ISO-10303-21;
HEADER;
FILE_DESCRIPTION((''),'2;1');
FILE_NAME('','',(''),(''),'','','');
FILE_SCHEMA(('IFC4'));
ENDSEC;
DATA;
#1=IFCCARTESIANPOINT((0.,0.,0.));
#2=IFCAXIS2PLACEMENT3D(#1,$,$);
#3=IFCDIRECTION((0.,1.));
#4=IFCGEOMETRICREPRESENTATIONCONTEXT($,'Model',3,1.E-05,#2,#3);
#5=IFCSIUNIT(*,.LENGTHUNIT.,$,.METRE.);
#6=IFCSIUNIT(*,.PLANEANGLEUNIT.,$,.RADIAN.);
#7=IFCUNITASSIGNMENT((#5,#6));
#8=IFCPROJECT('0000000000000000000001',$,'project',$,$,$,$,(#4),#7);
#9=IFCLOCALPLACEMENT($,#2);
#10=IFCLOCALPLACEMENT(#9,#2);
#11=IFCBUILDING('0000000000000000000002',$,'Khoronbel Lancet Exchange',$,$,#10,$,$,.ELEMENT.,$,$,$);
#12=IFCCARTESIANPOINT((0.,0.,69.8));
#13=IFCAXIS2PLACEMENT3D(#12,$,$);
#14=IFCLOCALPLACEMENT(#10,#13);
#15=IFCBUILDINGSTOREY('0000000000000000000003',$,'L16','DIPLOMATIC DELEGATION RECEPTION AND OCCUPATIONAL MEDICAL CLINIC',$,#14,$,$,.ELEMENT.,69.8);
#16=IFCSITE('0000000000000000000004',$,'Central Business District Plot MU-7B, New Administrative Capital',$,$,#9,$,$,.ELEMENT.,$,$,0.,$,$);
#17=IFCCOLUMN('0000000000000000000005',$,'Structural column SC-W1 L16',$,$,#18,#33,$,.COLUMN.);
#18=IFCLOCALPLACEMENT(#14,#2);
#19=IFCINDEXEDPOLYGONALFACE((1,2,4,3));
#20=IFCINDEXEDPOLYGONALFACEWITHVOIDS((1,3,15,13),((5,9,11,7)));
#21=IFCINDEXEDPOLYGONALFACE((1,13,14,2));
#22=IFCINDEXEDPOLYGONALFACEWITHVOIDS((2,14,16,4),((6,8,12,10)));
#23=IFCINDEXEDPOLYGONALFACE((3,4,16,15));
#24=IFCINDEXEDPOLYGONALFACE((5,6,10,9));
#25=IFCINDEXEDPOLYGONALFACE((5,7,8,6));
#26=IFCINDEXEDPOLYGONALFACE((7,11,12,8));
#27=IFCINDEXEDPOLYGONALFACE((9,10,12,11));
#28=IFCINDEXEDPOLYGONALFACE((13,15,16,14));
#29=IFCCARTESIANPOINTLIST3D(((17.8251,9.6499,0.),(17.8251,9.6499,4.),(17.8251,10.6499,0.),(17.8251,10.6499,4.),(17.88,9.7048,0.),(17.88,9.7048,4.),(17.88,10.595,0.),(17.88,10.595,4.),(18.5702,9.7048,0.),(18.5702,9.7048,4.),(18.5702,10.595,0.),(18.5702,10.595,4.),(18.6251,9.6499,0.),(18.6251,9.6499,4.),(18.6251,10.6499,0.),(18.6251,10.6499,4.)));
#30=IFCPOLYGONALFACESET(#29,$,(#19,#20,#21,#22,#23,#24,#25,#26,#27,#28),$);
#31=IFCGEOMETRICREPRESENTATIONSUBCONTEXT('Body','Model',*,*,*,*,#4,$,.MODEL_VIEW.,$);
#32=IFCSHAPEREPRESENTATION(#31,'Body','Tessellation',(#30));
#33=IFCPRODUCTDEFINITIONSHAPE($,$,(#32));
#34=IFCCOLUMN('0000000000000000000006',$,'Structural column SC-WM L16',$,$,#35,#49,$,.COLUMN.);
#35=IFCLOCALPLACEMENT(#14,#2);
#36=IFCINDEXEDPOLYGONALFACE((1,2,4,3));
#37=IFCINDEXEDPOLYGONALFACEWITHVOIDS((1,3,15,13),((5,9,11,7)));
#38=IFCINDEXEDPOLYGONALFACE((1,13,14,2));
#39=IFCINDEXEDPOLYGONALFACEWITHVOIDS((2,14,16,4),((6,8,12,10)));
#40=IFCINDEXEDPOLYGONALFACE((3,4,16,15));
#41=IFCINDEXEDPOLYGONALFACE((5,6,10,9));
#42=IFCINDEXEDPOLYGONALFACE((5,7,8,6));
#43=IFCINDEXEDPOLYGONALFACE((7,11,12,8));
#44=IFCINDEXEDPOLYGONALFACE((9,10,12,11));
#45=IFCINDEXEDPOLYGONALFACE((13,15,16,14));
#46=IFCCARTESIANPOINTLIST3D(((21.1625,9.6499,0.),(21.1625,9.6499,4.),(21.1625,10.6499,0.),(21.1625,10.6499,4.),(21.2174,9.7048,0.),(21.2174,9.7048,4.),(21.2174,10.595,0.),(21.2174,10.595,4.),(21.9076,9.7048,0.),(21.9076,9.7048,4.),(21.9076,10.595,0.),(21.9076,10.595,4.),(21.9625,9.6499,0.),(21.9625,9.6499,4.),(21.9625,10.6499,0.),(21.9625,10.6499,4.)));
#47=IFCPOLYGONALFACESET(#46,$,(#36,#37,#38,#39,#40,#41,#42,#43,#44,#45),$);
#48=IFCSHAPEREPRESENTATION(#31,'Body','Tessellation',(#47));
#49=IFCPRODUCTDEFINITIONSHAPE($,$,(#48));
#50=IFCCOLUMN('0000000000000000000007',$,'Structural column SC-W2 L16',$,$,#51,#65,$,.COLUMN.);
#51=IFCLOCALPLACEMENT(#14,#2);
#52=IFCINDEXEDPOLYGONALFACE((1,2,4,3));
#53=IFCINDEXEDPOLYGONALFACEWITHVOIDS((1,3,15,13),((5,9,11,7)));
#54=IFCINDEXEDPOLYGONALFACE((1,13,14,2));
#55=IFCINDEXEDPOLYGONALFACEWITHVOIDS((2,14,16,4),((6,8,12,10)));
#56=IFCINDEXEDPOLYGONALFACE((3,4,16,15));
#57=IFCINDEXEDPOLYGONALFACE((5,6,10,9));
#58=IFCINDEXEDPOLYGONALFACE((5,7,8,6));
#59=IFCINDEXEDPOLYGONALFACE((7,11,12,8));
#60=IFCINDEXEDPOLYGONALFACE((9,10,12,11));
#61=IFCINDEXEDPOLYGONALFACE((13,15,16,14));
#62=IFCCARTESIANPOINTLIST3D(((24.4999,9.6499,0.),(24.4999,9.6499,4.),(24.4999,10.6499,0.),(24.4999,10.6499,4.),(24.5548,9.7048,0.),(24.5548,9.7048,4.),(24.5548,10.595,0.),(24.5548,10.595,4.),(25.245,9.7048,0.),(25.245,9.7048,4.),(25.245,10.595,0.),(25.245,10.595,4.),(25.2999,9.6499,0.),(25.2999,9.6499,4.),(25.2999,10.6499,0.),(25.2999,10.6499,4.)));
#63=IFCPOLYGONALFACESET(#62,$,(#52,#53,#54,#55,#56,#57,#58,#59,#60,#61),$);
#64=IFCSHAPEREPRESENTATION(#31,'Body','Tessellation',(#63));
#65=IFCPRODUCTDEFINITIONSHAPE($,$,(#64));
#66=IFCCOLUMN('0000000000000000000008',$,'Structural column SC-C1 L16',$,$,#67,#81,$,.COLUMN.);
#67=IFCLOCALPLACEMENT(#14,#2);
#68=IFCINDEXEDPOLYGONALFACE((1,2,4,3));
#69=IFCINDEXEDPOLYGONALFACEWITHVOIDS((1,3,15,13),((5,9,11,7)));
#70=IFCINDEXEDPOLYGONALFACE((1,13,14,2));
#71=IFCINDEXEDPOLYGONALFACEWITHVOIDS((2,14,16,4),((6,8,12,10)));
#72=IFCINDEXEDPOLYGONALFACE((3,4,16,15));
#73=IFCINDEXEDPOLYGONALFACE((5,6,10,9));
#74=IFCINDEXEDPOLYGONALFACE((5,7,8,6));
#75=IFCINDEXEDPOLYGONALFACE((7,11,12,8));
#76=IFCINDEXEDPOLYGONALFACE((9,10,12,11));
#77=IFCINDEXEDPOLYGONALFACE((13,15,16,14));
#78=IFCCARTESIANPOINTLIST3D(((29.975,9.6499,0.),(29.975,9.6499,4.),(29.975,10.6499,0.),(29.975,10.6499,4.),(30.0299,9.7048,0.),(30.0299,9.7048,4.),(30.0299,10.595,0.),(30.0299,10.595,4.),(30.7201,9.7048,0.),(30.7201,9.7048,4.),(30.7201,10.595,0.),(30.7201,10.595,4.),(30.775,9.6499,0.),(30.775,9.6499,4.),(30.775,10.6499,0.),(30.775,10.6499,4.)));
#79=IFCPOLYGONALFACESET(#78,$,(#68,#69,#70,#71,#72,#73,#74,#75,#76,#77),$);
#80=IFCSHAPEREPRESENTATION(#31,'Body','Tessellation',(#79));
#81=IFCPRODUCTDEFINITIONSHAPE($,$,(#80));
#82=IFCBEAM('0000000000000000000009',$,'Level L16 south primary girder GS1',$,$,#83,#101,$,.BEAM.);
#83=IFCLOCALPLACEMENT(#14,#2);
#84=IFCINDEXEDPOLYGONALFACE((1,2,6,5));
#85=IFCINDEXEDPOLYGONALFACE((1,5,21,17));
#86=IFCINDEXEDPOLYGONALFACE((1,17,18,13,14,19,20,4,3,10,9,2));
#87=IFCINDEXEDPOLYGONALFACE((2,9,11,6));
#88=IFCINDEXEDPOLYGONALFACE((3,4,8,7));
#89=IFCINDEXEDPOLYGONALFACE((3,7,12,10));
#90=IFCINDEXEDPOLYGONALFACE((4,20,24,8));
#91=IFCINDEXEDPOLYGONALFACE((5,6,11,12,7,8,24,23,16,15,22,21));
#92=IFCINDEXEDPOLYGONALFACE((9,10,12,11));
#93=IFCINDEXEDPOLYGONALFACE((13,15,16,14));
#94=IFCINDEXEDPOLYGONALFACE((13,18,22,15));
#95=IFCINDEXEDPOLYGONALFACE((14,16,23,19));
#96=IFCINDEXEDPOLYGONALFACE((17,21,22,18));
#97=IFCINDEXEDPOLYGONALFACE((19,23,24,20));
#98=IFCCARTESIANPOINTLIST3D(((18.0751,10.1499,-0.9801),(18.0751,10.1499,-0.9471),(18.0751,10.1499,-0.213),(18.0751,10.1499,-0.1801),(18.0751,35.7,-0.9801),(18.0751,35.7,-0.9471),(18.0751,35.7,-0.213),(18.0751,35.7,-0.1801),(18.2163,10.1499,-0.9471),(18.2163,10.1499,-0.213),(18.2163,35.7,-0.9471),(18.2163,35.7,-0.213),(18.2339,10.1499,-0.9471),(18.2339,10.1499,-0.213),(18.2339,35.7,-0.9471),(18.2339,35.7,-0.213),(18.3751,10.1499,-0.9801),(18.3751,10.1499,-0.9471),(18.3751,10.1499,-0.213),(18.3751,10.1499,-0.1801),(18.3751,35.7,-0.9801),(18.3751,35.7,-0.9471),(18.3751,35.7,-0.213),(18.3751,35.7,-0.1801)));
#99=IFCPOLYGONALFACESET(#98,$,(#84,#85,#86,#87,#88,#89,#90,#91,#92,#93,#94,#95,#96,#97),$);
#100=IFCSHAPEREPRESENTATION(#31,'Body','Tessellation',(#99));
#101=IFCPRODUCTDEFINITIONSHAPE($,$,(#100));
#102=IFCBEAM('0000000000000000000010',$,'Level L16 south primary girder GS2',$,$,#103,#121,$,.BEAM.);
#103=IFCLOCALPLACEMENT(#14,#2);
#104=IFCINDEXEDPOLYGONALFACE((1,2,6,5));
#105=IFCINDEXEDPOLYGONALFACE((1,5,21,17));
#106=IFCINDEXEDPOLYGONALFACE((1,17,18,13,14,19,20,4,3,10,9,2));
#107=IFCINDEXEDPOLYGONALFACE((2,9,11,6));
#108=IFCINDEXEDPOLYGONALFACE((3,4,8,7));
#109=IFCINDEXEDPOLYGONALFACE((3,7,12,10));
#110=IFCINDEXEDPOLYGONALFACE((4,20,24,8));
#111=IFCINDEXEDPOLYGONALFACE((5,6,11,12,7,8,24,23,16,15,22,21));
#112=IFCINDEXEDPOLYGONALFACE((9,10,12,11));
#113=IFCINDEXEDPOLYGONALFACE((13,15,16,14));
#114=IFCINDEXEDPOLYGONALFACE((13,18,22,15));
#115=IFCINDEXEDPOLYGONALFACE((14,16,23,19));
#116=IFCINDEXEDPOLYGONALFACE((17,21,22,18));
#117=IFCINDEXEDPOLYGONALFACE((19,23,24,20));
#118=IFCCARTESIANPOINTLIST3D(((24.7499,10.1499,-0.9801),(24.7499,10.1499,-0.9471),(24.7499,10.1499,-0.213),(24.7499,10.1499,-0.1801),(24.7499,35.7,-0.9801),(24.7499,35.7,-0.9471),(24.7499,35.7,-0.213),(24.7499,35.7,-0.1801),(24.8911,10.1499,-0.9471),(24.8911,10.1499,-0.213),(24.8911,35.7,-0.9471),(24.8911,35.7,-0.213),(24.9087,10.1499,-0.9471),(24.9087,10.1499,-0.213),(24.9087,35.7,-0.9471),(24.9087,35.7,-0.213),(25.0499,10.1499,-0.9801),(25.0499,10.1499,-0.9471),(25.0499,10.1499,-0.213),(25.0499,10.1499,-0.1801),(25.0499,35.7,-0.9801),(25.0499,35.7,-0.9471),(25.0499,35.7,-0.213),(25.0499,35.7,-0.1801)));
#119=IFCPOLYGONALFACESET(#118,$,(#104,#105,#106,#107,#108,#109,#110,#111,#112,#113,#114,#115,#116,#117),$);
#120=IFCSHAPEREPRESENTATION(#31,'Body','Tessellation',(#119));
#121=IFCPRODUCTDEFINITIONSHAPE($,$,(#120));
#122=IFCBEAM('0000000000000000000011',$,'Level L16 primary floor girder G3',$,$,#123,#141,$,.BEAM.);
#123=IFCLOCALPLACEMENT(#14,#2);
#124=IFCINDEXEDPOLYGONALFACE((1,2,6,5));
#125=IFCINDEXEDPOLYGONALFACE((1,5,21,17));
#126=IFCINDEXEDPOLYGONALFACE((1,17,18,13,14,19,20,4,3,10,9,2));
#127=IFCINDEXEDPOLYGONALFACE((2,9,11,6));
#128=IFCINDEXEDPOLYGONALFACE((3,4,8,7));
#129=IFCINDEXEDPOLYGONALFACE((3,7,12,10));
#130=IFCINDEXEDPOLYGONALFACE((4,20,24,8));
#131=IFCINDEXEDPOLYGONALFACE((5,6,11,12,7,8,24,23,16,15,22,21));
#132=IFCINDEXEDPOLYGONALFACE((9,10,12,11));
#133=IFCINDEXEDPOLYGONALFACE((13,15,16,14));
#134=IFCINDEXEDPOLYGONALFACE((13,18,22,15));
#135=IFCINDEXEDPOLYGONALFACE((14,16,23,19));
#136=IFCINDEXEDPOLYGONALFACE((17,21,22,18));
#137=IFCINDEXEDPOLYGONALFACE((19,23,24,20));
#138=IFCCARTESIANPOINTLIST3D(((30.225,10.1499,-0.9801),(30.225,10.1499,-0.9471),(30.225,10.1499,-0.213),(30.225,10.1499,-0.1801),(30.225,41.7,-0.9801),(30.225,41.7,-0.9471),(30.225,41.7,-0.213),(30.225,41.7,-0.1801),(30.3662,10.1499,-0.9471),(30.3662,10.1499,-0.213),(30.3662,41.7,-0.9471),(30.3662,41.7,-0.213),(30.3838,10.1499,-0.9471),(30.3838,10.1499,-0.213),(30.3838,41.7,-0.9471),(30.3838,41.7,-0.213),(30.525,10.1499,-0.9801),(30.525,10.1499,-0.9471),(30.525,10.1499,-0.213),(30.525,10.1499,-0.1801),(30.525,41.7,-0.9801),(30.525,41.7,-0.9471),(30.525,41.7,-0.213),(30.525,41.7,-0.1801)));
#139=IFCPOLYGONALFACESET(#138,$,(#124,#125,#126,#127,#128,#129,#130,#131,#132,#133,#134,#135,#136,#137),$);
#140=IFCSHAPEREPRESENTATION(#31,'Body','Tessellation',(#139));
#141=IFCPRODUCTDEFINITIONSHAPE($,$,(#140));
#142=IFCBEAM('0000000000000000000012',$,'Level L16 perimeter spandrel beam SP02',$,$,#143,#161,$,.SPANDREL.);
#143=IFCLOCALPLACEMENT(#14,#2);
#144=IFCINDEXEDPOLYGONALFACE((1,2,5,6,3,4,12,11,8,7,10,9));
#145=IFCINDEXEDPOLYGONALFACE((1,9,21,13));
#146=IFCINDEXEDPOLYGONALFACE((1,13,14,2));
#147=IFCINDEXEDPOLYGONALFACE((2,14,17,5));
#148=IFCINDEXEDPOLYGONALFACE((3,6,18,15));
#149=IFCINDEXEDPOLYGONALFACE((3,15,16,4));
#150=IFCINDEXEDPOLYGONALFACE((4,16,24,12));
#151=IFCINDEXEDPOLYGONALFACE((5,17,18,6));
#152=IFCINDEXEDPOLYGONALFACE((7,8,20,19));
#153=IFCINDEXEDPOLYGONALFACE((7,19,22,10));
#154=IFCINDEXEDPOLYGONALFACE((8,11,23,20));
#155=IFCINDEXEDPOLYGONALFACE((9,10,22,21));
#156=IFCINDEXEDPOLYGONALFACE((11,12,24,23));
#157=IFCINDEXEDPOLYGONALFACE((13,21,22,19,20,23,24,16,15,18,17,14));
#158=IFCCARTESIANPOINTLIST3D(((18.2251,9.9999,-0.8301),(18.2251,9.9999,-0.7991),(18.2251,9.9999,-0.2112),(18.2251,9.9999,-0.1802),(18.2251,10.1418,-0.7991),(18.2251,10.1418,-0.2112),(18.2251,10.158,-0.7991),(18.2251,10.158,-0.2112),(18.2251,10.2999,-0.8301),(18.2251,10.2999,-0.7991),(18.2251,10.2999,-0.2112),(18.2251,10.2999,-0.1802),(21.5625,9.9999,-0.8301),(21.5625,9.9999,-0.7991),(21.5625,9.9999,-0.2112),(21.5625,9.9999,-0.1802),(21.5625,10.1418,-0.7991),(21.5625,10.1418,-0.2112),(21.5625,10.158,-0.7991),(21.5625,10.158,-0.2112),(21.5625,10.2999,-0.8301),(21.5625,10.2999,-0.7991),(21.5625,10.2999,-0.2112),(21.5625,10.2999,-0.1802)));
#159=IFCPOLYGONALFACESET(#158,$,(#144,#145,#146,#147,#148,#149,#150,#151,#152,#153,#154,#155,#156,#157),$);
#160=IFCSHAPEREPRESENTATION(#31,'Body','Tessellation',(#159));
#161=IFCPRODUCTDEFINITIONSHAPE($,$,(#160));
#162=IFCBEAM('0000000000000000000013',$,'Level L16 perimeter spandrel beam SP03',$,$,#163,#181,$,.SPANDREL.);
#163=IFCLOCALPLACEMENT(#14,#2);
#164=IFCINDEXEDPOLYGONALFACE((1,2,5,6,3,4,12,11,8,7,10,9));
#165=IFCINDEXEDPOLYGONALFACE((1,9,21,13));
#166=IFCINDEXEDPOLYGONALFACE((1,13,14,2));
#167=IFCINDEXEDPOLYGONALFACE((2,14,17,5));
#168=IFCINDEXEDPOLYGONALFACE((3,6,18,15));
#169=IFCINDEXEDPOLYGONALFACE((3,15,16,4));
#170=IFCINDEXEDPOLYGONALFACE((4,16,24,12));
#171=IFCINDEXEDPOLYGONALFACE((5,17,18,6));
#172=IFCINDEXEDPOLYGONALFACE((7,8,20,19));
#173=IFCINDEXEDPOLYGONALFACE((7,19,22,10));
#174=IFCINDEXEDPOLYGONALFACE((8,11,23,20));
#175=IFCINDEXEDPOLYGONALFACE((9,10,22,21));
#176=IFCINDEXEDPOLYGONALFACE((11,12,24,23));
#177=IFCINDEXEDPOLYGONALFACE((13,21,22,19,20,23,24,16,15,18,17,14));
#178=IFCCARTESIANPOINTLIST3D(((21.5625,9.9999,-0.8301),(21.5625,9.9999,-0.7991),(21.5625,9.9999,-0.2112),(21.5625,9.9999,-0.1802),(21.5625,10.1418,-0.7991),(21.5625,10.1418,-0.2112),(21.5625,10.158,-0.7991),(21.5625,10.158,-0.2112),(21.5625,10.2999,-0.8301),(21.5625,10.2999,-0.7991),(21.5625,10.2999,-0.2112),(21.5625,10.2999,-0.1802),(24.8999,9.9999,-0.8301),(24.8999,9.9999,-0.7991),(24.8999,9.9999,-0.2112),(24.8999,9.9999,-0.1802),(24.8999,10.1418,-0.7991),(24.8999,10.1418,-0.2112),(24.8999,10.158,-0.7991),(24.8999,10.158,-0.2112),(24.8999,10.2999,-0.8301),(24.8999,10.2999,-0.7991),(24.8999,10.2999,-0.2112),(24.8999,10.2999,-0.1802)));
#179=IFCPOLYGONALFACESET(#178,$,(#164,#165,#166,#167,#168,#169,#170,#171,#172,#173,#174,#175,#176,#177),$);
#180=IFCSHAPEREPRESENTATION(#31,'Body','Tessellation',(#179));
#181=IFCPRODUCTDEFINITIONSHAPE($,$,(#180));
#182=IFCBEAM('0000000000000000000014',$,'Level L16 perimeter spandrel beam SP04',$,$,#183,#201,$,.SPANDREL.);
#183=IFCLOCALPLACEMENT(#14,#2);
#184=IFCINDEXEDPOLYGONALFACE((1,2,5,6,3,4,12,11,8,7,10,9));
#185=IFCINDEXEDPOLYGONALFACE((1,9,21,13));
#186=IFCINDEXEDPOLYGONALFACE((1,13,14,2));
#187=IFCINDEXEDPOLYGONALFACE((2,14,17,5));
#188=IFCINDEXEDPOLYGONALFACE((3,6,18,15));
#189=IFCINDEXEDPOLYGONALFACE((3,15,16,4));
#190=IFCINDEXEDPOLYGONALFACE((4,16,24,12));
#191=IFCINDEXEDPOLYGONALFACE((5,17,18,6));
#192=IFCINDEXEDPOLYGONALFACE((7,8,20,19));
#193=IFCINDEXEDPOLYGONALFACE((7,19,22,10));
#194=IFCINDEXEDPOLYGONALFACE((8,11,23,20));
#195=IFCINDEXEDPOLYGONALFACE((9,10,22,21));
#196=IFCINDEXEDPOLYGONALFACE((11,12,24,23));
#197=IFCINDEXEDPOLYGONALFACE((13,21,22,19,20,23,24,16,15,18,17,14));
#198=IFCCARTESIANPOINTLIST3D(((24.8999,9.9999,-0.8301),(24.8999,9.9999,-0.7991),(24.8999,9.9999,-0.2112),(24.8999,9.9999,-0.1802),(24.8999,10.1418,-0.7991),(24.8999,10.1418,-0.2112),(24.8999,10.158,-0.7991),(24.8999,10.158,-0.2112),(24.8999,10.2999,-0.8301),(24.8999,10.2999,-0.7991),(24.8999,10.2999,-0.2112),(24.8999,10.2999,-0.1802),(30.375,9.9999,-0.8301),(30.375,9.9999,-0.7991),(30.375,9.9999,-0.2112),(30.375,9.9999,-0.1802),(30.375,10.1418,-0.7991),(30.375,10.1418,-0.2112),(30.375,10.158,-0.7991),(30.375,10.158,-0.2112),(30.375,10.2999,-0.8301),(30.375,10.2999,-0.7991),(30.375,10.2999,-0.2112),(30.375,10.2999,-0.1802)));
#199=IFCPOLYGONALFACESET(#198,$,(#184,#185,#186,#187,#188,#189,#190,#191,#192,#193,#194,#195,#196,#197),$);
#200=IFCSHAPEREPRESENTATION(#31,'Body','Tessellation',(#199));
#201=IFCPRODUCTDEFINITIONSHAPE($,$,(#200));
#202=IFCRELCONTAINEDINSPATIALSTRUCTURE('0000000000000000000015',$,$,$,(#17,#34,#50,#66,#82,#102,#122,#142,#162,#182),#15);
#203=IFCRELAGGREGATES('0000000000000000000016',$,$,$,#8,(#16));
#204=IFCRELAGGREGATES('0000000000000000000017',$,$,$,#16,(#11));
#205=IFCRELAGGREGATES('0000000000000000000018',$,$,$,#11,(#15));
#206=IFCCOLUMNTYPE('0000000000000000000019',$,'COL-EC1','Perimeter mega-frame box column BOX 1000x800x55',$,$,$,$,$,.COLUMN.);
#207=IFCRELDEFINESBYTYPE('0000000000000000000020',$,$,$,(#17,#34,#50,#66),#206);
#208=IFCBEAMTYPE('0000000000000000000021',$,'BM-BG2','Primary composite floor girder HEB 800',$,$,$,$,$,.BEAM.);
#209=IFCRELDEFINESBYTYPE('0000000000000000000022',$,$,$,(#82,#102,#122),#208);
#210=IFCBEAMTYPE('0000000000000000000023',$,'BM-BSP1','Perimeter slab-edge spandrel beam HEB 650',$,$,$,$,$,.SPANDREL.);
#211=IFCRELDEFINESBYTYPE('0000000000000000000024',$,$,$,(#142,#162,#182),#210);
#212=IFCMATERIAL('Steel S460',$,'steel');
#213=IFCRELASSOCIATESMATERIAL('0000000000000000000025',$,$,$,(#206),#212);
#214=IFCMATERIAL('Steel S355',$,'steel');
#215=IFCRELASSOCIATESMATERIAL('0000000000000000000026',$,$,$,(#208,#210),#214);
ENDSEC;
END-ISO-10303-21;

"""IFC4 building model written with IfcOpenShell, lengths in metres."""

from ifc_helpers import new_model, si_unit, direction, frame, origin, origin_2d, place, context, subcontext, project, spatial, hollow_rectangle, i_section, extrude, material, material_profile, profile_set, type_object, element, save


model = new_model("IFC4")

# Units and contexts
model_context = context("Model", 3, precision=1e-05, world=origin(), true_north=direction((0.0, 1.0)))
body_context = subcontext(model_context, "Body", "Model", "MODEL_VIEW")
ifc_project = project(units=[si_unit("LENGTHUNIT", "METRE"), si_unit("PLANEANGLEUNIT", "RADIAN")], contexts=[model_context])

# Site, building, storey
site_placement = place(None, origin())
site = spatial("IfcSite", under=ifc_project, at=site_placement, Name="Central Business District Plot MU-7B, New Administrative Capital", CompositionType="ELEMENT", RefElevation=0.0)
building_placement = place(site_placement, origin())
building = spatial("IfcBuilding", under=site, at=building_placement, Name="Khoronbel Lancet Exchange", CompositionType="ELEMENT")
storey_placement = place(building_placement, frame((0.0, 0.0, 69.8)))
storey = spatial("IfcBuildingStorey", under=building, at=storey_placement, Name="L16", Description="DIPLOMATIC DELEGATION RECEPTION AND OCCUPATIONAL MEDICAL CLINIC", CompositionType="ELEMENT", Elevation=69.8)

# Columns
ifc_material_1 = material(Name="Steel S460", Category="steel")
ifc_material_profile_1 = material_profile(ifc_material_1, hollow_rectangle(XDim=0.8, YDim=1.0, WallThickness=0.0549, at=origin_2d()), Name="BOX 1000x800x55")
ifc_profile_set_1 = profile_set([ifc_material_profile_1], Name="Steel S460")
column_type = type_object("IfcColumnType", Name="COL-EC1", Description="Perimeter mega-frame box column BOX 1000x800x55", PredefinedType="COLUMN", material=ifc_profile_set_1)
for number, where, z_axis, x_axis, name in (
    (1, (18.2251, 10.1499, 0.0), (0.0, 0.0, 1.0), (1.0, 0.0, 0.0), "Structural column SC-W1 L16"),
    (2, (21.5625, 10.1499, 0.0), (0.0, 0.0, 1.0), (1.0, 0.0, 0.0), "Structural column SC-WM L16"),
    (3, (24.8999, 10.1499, 0.0), (0.0, 0.0, 1.0), (1.0, 0.0, 0.0), "Structural column SC-W2 L16"),
    (4, (30.375, 10.1499, 0.0), (0.0, 0.0, 1.0), (1.0, 0.0, 0.0), "Structural column SC-C1 L16"),
):
    element("IfcColumn", number, at=place(storey_placement, frame(where, z_axis=z_axis, x_axis=x_axis)), inside=storey, type_object=column_type, Name=name, PredefinedType="COLUMN", context=body_context, shape_type="SweptSolid", body=[
        extrude(hollow_rectangle(XDim=0.8, YDim=1.0, WallThickness=0.0549, at=origin_2d()), origin(), (0.0, 0.0, 1.0), 4.0),
    ])

# Beams
ifc_material_2 = material(Name="Steel S355", Category="steel")
ifc_material_profile_2 = material_profile(ifc_material_2, i_section(OverallWidth=0.3, OverallDepth=0.8, WebThickness=0.0176, FlangeThickness=0.033, at=origin_2d()), Name="HEB 800")
ifc_profile_set_2 = profile_set([ifc_material_profile_2], Name="Steel S355")
beam_type_1 = type_object("IfcBeamType", Name="BM-BG2", Description="Primary composite floor girder HEB 800", PredefinedType="BEAM", material=ifc_profile_set_2)
for number, where, z_axis, x_axis, name in (
    (5, (18.2251, 10.1499, -0.5801), (0.0, 1.0, 0.0), (-1.0, 0.0, 0.0), "Level L16 south primary girder GS1"),
    (6, (24.8999, 10.1499, -0.5801), (0.0, 1.0, 0.0), (-1.0, 0.0, 0.0), "Level L16 south primary girder GS2"),
):
    element("IfcBeam", number, at=place(storey_placement, frame(where, z_axis=z_axis, x_axis=x_axis)), inside=storey, type_object=beam_type_1, Name=name, PredefinedType="BEAM", context=body_context, shape_type="SweptSolid", body=[
        extrude(i_section(OverallWidth=0.3, OverallDepth=0.8, WebThickness=0.0176, FlangeThickness=0.033, at=origin_2d()), origin(), (0.0, 0.0, 1.0), 25.55),
    ])
beam_1_placement = place(storey_placement, frame((30.375, 10.1499, -0.5801), z_axis=(0.0, 1.0, 0.0), x_axis=(-1.0, 0.0, 0.0)))
element("IfcBeam", 7, at=beam_1_placement, inside=storey, type_object=beam_type_1, Name="Level L16 primary floor girder G3", PredefinedType="BEAM", context=body_context, shape_type="SweptSolid", body=[
    extrude(i_section(OverallWidth=0.3, OverallDepth=0.8, WebThickness=0.0176, FlangeThickness=0.033, at=origin_2d()), origin(), (0.0, 0.0, 1.0), 31.55),
])
ifc_material_profile_3 = material_profile(ifc_material_2, i_section(OverallWidth=0.3, OverallDepth=0.6499, WebThickness=0.0161, FlangeThickness=0.031, at=origin_2d()), Name="HEB 650")
ifc_profile_set_3 = profile_set([ifc_material_profile_3], Name="Steel S355")
beam_type_2 = type_object("IfcBeamType", Name="BM-BSP1", Description="Perimeter slab-edge spandrel beam HEB 650", PredefinedType="SPANDREL", material=ifc_profile_set_3)
for number, where, z_axis, x_axis, name in (
    (8, (18.2251, 10.1499, -0.5051), (1.0, 0.0, 0.0), (0.0, 1.0, 0.0), "Level L16 perimeter spandrel beam SP02"),
    (9, (21.5625, 10.1499, -0.5051), (1.0, 0.0, 0.0), (0.0, 1.0, 0.0), "Level L16 perimeter spandrel beam SP03"),
):
    element("IfcBeam", number, at=place(storey_placement, frame(where, z_axis=z_axis, x_axis=x_axis)), inside=storey, type_object=beam_type_2, Name=name, PredefinedType="SPANDREL", context=body_context, shape_type="SweptSolid", body=[
        extrude(i_section(OverallWidth=0.3, OverallDepth=0.6499, WebThickness=0.0161, FlangeThickness=0.031, at=origin_2d()), origin(), (0.0, 0.0, 1.0), 3.3374),
    ])
beam_2_placement = place(storey_placement, frame((24.8999, 10.1499, -0.5051), z_axis=(1.0, 0.0, 0.0), x_axis=(0.0, 1.0, 0.0)))
element("IfcBeam", 10, at=beam_2_placement, inside=storey, type_object=beam_type_2, Name="Level L16 perimeter spandrel beam SP04", PredefinedType="SPANDREL", context=body_context, shape_type="SweptSolid", body=[
    extrude(i_section(OverallWidth=0.3, OverallDepth=0.6499, WebThickness=0.0161, FlangeThickness=0.031, at=origin_2d()), origin(), (0.0, 0.0, 1.0), 5.4751),
])

save(model, "model.ifc")
